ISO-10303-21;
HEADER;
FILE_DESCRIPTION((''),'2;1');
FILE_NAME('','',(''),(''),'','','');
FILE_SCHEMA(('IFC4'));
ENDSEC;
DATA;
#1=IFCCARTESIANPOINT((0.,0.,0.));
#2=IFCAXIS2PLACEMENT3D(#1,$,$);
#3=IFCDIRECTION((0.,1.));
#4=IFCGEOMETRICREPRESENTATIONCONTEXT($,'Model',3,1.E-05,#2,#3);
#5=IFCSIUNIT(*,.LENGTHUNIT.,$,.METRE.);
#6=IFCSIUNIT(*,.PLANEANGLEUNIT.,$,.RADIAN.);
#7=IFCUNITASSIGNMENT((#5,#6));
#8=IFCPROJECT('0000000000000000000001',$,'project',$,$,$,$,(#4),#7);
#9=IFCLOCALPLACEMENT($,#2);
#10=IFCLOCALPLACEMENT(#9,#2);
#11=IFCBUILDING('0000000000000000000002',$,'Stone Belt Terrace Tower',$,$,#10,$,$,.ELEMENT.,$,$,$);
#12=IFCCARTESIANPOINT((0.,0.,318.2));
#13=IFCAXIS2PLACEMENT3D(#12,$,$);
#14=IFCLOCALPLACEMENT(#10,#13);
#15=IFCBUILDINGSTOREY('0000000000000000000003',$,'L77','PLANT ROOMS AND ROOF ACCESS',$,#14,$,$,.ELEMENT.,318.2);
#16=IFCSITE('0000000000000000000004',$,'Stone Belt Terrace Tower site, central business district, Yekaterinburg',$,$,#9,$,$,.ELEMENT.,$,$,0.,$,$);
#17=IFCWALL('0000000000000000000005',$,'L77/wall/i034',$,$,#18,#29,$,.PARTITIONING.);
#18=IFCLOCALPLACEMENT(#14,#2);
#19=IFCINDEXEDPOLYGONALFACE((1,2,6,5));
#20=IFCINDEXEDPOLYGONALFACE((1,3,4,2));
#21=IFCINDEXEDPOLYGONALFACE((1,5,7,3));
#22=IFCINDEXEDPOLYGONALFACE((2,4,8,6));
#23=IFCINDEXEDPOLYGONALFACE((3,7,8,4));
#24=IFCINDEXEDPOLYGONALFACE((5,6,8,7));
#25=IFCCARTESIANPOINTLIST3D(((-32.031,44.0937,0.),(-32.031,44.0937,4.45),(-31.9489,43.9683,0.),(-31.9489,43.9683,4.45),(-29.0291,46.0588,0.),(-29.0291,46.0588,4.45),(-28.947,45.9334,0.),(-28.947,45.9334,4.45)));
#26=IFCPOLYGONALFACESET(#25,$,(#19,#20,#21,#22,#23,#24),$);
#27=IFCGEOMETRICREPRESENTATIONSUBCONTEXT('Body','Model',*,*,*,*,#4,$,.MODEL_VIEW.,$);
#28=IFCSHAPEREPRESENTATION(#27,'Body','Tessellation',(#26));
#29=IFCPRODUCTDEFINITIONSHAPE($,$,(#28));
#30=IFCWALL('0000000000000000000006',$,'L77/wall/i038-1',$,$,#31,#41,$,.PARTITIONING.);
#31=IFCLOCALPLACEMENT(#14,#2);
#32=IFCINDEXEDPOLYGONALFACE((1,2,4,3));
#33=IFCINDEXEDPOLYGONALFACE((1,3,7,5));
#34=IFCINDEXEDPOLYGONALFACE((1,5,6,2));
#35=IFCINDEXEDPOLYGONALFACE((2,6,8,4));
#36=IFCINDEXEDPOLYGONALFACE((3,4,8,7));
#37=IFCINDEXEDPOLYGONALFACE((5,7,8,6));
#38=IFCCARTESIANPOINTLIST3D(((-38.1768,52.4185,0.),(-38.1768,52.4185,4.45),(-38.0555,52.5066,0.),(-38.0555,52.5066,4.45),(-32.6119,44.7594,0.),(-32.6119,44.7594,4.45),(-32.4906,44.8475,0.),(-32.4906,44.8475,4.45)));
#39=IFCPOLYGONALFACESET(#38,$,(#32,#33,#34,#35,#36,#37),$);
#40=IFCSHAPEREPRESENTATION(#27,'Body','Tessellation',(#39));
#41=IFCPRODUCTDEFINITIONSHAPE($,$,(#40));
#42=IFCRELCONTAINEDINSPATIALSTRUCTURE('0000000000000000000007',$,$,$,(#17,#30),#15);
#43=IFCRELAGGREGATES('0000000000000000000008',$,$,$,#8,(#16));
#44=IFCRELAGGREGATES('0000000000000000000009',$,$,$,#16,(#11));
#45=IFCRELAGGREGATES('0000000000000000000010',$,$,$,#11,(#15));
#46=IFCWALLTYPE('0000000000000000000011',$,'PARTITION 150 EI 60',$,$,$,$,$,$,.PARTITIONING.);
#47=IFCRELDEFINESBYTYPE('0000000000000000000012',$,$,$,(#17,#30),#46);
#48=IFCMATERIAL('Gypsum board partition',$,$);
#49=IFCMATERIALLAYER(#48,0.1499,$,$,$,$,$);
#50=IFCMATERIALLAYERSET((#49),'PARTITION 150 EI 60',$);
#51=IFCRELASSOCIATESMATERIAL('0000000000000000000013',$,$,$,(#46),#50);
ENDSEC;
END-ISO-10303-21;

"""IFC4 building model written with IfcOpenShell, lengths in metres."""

from ifc_helpers import new_model, si_unit, direction, frame, frame_2d, origin, place, context, subcontext, project, spatial, rectangle, extrude, material, layer, layer_set, type_object, element, save


model = new_model("IFC4")

# Units and contexts
model_context = context("Model", 3, precision=1e-05, world=origin(), true_north=direction((0.0, 1.0)))
body_context = subcontext(model_context, "Body", "Model", "MODEL_VIEW")
ifc_project = project(units=[si_unit("LENGTHUNIT", "METRE"), si_unit("PLANEANGLEUNIT", "RADIAN")], contexts=[model_context])

# Site, building, storey
site_placement = place(None, origin())
site = spatial("IfcSite", under=ifc_project, at=site_placement, Name="Stone Belt Terrace Tower site, central business district, Yekaterinburg", CompositionType="ELEMENT", RefElevation=0.0)
building_placement = place(site_placement, origin())
building = spatial("IfcBuilding", under=site, at=building_placement, Name="Stone Belt Terrace Tower", CompositionType="ELEMENT")
storey_placement = place(building_placement, frame((0.0, 0.0, 318.2)))
storey = spatial("IfcBuildingStorey", under=building, at=storey_placement, Name="L77", Description="PLANT ROOMS AND ROOF ACCESS", CompositionType="ELEMENT", Elevation=318.2)

# Shared definitions
ifc_material_1 = material(Name="Gypsum board partition")
ifc_layer_1 = layer(ifc_material_1, 0.1499)
ifc_layer_set_1 = layer_set([ifc_layer_1], Name="PARTITION 150 EI 60")
wall_type_1 = type_object("IfcWallType", Name="PARTITION 150 EI 60", PredefinedType="PARTITIONING", material=ifc_layer_set_1)

# Walls
wall_1_placement = place(storey_placement, frame((-31.99, 44.031, 0.0), z_axis=(0.0, 0.0, 1.0), x_axis=(0.836679, 0.547693, 0.0)))
element("IfcWall", 1, at=wall_1_placement, inside=storey, type_object=wall_type_1, Name="L77/wall/i034", PredefinedType="PARTITIONING", context=body_context, shape_type="SweptSolid", body=[
    extrude(rectangle(XDim=3.5879, YDim=0.1499, at=frame_2d((1.7939, 0.0))), origin(), (0.0, 0.0, 1.0), 4.45),
])
wall_2_placement = place(storey_placement, frame((-32.5513, 44.8035, 0.0), z_axis=(0.0, 0.0, 1.0), x_axis=(-0.587801, 0.809006, 0.0)))
element("IfcWall", 2, at=wall_2_placement, inside=storey, type_object=wall_type_1, Name="L77/wall/i038-1", PredefinedType="PARTITIONING", context=body_context, shape_type="SweptSolid", body=[
    extrude(rectangle(XDim=9.4673, YDim=0.1499, at=frame_2d((4.7336, 0.0))), origin(), (0.0, 0.0, 1.0), 4.45),
])

save(model, "model.ifc")
